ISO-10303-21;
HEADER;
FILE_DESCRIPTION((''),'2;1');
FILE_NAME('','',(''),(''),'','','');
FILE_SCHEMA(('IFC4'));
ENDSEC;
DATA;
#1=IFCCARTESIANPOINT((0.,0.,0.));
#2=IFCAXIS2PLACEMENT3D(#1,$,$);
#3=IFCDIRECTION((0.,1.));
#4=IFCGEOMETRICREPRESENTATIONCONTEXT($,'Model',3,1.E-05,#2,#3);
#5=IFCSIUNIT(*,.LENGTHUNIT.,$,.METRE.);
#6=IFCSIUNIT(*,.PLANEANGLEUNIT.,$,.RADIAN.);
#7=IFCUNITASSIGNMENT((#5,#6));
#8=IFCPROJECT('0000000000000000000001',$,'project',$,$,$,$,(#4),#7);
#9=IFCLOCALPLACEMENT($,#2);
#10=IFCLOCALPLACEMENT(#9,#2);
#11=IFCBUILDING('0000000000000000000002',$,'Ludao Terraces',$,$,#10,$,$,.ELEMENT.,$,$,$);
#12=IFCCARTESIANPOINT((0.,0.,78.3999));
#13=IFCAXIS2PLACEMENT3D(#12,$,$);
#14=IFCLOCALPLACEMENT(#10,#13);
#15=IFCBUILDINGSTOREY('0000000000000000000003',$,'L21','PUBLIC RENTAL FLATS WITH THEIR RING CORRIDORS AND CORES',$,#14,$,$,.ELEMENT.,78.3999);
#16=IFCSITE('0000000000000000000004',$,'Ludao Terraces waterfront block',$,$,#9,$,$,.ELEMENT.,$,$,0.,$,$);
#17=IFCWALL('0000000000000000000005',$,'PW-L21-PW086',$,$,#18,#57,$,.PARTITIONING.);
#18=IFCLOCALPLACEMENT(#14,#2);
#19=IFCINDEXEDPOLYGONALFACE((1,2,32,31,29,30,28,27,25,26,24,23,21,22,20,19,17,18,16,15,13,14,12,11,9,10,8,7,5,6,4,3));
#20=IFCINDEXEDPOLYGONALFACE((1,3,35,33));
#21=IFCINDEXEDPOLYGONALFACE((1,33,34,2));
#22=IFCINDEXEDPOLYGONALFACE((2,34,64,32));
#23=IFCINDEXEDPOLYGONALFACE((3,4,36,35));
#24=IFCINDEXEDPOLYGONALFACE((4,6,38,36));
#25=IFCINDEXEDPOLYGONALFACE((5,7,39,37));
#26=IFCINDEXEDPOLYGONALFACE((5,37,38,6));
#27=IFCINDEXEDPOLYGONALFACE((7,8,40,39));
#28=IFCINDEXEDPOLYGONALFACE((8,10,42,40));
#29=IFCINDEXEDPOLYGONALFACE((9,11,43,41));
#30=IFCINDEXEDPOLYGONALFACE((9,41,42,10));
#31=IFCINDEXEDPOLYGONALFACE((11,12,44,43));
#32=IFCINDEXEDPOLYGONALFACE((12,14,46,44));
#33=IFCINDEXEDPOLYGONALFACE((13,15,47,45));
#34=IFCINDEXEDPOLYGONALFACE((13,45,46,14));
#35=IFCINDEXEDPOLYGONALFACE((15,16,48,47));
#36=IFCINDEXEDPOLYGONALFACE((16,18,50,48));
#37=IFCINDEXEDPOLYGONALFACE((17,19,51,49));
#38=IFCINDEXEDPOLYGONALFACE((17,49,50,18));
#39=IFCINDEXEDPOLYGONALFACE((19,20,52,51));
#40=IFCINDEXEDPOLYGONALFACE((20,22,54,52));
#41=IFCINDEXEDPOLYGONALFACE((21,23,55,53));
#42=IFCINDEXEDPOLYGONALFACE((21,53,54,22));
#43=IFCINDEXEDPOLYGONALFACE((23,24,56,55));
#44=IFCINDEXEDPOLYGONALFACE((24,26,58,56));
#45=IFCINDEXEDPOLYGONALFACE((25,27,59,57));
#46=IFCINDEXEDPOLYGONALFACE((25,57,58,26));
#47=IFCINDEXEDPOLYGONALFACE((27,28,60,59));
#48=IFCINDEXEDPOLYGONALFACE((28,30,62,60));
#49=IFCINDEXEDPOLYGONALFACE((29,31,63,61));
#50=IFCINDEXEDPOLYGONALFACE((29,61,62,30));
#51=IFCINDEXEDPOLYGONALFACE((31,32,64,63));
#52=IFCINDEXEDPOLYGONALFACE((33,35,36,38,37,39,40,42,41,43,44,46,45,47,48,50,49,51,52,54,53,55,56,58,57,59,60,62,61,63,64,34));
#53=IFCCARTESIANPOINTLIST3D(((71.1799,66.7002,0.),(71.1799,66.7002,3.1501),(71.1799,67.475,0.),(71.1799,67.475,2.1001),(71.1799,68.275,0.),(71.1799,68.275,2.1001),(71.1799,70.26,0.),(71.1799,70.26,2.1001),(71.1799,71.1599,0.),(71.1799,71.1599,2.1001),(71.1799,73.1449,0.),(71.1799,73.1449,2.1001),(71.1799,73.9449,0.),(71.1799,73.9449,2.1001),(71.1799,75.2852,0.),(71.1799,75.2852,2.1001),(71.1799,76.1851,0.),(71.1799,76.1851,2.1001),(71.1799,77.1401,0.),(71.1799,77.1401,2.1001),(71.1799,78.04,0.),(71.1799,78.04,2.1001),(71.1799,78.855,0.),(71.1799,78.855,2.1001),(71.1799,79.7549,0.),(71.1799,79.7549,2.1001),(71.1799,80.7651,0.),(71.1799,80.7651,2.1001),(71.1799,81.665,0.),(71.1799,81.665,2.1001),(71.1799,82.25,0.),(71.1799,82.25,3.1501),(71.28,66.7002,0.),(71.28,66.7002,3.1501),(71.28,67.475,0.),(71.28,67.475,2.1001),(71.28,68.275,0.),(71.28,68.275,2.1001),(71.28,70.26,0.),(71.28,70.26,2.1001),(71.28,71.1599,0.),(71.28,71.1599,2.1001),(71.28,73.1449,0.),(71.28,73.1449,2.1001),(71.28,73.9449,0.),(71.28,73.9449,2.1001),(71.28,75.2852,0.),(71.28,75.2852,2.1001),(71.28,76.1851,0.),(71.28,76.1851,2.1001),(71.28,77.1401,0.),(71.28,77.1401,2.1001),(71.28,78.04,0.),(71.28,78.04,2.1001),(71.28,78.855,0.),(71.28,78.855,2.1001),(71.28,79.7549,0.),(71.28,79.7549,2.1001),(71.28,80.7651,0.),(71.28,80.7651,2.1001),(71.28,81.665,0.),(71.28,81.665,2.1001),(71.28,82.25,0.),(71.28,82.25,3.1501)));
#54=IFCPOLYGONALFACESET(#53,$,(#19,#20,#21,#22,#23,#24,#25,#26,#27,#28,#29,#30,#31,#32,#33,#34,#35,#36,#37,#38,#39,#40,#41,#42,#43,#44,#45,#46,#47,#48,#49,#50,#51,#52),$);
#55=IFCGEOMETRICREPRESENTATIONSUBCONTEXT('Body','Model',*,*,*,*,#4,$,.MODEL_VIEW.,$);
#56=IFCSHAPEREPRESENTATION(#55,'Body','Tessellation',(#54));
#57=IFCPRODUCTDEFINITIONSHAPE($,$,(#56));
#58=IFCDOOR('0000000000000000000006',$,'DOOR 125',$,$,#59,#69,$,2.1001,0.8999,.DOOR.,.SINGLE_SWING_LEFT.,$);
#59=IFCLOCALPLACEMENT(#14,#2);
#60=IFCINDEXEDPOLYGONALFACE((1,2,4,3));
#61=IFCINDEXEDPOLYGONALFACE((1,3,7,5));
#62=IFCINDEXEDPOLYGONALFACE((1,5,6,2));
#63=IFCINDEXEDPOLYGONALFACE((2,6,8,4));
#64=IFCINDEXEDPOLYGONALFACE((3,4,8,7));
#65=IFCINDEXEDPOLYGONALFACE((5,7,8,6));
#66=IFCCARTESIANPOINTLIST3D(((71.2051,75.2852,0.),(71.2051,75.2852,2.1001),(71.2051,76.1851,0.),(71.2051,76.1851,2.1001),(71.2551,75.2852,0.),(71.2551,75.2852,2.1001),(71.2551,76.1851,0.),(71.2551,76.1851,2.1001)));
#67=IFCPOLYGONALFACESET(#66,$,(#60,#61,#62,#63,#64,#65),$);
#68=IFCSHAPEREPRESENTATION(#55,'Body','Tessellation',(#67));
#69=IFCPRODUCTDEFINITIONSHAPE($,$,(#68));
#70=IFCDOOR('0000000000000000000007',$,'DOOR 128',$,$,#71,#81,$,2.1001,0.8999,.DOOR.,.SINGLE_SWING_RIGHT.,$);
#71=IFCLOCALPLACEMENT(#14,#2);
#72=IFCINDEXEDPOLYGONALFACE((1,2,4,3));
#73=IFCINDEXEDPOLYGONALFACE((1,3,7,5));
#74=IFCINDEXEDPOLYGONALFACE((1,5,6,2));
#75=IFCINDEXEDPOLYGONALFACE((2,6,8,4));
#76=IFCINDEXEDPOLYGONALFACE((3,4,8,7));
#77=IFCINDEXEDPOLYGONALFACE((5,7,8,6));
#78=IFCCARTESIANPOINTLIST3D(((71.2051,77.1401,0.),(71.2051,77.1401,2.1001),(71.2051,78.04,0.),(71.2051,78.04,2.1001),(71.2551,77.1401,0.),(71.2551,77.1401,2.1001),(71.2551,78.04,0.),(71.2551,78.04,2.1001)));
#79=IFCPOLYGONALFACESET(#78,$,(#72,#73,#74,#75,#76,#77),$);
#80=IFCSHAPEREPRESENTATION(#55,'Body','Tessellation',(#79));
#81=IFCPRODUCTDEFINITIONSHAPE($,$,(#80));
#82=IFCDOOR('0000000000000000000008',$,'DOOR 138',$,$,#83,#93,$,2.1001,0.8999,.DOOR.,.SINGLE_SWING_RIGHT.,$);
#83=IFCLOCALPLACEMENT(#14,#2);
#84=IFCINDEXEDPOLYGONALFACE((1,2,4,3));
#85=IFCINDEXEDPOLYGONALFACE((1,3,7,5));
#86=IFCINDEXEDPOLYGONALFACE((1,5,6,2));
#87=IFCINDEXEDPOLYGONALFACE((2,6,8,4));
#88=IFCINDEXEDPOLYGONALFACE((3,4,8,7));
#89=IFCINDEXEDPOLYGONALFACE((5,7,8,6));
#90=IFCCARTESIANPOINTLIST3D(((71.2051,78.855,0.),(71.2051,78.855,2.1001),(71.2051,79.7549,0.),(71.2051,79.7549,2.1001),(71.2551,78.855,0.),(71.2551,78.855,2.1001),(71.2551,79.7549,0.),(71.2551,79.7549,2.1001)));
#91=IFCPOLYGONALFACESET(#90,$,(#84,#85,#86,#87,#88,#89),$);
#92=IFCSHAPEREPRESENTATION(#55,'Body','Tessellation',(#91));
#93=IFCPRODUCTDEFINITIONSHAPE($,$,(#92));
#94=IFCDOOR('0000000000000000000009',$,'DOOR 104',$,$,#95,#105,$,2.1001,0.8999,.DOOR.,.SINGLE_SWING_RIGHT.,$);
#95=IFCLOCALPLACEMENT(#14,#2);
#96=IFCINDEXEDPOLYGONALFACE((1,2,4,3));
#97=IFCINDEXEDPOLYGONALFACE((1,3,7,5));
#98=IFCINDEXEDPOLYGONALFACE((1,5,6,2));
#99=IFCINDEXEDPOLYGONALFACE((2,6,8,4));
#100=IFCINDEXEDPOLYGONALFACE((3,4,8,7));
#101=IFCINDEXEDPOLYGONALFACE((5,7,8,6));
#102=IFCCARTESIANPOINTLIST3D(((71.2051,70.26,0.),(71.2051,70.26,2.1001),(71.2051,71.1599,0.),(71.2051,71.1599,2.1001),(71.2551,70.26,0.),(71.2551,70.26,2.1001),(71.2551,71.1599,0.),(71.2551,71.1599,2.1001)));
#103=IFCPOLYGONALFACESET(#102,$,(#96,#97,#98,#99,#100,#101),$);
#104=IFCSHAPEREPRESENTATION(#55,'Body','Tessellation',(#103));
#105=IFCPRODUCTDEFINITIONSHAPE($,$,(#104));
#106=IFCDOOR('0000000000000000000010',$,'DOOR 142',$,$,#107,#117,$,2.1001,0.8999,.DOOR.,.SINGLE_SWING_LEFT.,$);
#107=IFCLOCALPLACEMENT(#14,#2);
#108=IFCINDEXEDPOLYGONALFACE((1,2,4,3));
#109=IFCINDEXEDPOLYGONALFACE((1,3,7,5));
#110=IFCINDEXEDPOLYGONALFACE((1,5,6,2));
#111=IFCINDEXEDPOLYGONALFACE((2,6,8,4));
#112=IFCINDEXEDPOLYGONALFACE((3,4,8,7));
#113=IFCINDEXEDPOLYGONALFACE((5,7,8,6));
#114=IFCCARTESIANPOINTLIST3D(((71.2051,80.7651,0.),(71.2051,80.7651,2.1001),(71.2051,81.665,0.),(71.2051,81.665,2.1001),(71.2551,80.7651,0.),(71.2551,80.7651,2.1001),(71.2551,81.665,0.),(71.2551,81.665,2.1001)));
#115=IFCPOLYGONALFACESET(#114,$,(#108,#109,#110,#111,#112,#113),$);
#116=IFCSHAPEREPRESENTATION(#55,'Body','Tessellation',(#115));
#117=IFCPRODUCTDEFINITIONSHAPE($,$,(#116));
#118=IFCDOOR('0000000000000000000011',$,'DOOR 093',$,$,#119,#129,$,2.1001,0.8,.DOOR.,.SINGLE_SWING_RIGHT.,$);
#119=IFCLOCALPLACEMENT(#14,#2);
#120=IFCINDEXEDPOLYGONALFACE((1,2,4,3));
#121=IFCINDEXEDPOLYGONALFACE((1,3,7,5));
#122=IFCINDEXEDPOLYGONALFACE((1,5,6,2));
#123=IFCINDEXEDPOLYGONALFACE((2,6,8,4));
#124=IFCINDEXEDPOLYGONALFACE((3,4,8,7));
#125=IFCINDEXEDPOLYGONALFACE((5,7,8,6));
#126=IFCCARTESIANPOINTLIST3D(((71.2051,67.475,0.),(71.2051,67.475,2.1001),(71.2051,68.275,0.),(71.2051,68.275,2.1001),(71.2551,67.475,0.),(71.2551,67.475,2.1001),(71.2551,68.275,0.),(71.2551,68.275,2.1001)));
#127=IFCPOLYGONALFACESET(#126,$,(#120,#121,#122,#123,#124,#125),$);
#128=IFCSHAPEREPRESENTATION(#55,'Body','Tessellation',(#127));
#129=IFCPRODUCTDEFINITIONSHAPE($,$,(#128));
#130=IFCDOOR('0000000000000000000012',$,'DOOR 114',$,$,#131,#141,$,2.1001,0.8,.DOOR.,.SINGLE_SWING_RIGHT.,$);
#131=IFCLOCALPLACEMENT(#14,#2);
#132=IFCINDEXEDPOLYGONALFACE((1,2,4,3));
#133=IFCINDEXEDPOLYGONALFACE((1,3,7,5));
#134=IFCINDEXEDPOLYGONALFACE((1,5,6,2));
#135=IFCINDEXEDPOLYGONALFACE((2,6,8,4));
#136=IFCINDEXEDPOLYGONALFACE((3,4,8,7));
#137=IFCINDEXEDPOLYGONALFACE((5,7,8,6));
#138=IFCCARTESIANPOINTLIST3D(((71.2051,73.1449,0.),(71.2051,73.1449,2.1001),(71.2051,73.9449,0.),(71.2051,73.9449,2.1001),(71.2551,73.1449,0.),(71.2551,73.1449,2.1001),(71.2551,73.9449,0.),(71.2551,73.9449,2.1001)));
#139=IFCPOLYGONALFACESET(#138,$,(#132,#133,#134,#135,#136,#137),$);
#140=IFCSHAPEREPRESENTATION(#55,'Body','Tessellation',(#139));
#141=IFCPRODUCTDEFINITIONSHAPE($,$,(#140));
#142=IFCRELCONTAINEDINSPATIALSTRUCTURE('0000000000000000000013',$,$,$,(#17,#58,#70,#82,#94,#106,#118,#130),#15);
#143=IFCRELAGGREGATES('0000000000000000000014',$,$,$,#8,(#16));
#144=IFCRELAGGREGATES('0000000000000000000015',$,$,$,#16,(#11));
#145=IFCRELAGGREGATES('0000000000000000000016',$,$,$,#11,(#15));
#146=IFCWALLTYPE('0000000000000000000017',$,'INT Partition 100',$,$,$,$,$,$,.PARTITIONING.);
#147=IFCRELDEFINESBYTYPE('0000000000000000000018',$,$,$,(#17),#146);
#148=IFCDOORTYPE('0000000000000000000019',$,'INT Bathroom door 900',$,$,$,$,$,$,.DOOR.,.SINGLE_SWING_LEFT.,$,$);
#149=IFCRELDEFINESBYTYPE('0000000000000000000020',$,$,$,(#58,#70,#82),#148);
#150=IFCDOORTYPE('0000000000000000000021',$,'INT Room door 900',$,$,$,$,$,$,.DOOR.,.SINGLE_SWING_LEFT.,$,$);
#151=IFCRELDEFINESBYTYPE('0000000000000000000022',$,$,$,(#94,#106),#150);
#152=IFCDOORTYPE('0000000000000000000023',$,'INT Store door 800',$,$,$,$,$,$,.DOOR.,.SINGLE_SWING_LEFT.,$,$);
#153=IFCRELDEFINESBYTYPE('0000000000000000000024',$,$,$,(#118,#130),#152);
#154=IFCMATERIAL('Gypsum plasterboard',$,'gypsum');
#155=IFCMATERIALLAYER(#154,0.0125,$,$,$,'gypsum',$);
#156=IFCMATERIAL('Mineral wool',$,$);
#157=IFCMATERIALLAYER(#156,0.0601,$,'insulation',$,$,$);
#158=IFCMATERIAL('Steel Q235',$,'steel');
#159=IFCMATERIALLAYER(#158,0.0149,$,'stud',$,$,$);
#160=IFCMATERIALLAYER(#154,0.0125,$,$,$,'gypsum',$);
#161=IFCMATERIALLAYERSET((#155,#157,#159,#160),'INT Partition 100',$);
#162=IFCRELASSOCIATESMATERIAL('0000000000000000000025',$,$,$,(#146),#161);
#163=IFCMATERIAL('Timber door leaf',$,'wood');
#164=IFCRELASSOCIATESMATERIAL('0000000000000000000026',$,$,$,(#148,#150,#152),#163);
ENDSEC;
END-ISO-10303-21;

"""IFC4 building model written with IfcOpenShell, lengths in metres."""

from ifc_helpers import new_model, si_unit, direction, frame, frame_2d, origin, place, context, subcontext, project, spatial, rectangle, extrude, material, layer, layer_set, type_object, element, fill, save


model = new_model("IFC4")

# Units and contexts
model_context = context("Model", 3, precision=1e-05, world=origin(), true_north=direction((0.0, 1.0)))
body_context = subcontext(model_context, "Body", "Model", "MODEL_VIEW")
ifc_project = project(units=[si_unit("LENGTHUNIT", "METRE"), si_unit("PLANEANGLEUNIT", "RADIAN")], contexts=[model_context])

# Site, building, storey
site_placement = place(None, origin())
site = spatial("IfcSite", under=ifc_project, at=site_placement, Name="Ludao Terraces waterfront block", CompositionType="ELEMENT", RefElevation=0.0)
building_placement = place(site_placement, origin())
building = spatial("IfcBuilding", under=site, at=building_placement, Name="Ludao Terraces", CompositionType="ELEMENT")
storey_placement = place(building_placement, frame((0.0, 0.0, 78.3999)))
storey = spatial("IfcBuildingStorey", under=building, at=storey_placement, Name="L21", Description="PUBLIC RENTAL FLATS WITH THEIR RING CORRIDORS AND CORES", CompositionType="ELEMENT", Elevation=78.3999)

# Shared definitions
ifc_material_1 = material(Name="Mineral wool")
ifc_material_2 = material(Name="Steel Q235", Category="steel")

# Shared definitions
ifc_material_3 = material(Name="Gypsum plasterboard", Category="gypsum")
ifc_layer_1 = layer(ifc_material_3, 0.0125, Category="gypsum")
ifc_layer_2 = layer(ifc_material_1, 0.0601, Name="insulation")
ifc_layer_3 = layer(ifc_material_2, 0.0149, Name="stud")
ifc_layer_4 = layer(ifc_material_3, 0.0125, Category="gypsum")
ifc_layer_set_1 = layer_set([ifc_layer_1, ifc_layer_2, ifc_layer_3, ifc_layer_4], Name="INT Partition 100")
wall_type_1 = type_object("IfcWallType", Name="INT Partition 100", PredefinedType="PARTITIONING", material=ifc_layer_set_1)

# Wall, openings, doors
wall_1_placement = place(storey_placement, frame((71.23, 66.7002, 0.0), z_axis=(0.0, 0.0, 1.0), x_axis=(0.0, 1.0, 0.0)))
wall_1 = element("IfcWall", 1, at=wall_1_placement, inside=storey, type_object=wall_type_1, Name="PW-L21-PW086", PredefinedType="PARTITIONING", context=body_context, shape_type="SweptSolid", body=[
    extrude(rectangle(XDim=15.5498, YDim=0.1001, at=frame_2d((7.7749, 0.0))), origin(), (0.0, 0.0, 1.0), 3.1501),
])
opening_1_placement = place(wall_1_placement, frame((0.7749, 0.0, 0.0)))
opening_1 = element("IfcOpeningElement", 2, at=opening_1_placement, cuts=wall_1, PredefinedType="OPENING", context=body_context, shape_type="SweptSolid", body=[
    extrude(rectangle(XDim=0.8, YDim=2.1001, at=frame_2d((0.3999, 1.05))), frame((0.0, 0.0601, 0.0), z_axis=(0.0, -1.0, 0.0), x_axis=(1.0, 0.0, 0.0)), (0.0, 0.0, 1.0), 0.1201),
])
opening_2_placement = place(wall_1_placement, frame((3.5598, 0.0, 0.0)))
opening_2 = element("IfcOpeningElement", 3, at=opening_2_placement, cuts=wall_1, PredefinedType="OPENING", context=body_context, shape_type="SweptSolid", body=[
    extrude(rectangle(XDim=0.8999, YDim=2.1001, at=frame_2d((0.45, 1.05))), frame((0.0, 0.0601, 0.0), z_axis=(0.0, -1.0, 0.0), x_axis=(1.0, 0.0, 0.0)), (0.0, 0.0, 1.0), 0.1201),
])
opening_3_placement = place(wall_1_placement, frame((6.4448, 0.0, 0.0)))
opening_3 = element("IfcOpeningElement", 4, at=opening_3_placement, cuts=wall_1, PredefinedType="OPENING", context=body_context, shape_type="SweptSolid", body=[
    extrude(rectangle(XDim=0.8, YDim=2.1001, at=frame_2d((0.3999, 1.05))), frame((0.0, 0.0601, 0.0), z_axis=(0.0, -1.0, 0.0), x_axis=(1.0, 0.0, 0.0)), (0.0, 0.0, 1.0), 0.1201),
])
opening_4_placement = place(wall_1_placement, frame((8.585, 0.0, 0.0)))
opening_4 = element("IfcOpeningElement", 5, at=opening_4_placement, cuts=wall_1, PredefinedType="OPENING", context=body_context, shape_type="SweptSolid", body=[
    extrude(rectangle(XDim=0.8999, YDim=2.1001, at=frame_2d((0.45, 1.05))), frame((0.0, 0.0601, 0.0), z_axis=(0.0, -1.0, 0.0), x_axis=(1.0, 0.0, 0.0)), (0.0, 0.0, 1.0), 0.1201),
])
opening_5_placement = place(wall_1_placement, frame((10.4399, 0.0, 0.0)))
opening_5 = element("IfcOpeningElement", 6, at=opening_5_placement, cuts=wall_1, PredefinedType="OPENING", context=body_context, shape_type="SweptSolid", body=[
    extrude(rectangle(XDim=0.8999, YDim=2.1001, at=frame_2d((0.45, 1.05))), frame((0.0, 0.0601, 0.0), z_axis=(0.0, -1.0, 0.0), x_axis=(1.0, 0.0, 0.0)), (0.0, 0.0, 1.0), 0.1201),
])
opening_6_placement = place(wall_1_placement, frame((12.1548, 0.0, 0.0)))
opening_6 = element("IfcOpeningElement", 7, at=opening_6_placement, cuts=wall_1, PredefinedType="OPENING", context=body_context, shape_type="SweptSolid", body=[
    extrude(rectangle(XDim=0.8999, YDim=2.1001, at=frame_2d((0.45, 1.05))), frame((0.0, 0.0601, 0.0), z_axis=(0.0, -1.0, 0.0), x_axis=(1.0, 0.0, 0.0)), (0.0, 0.0, 1.0), 0.1201),
])
opening_7_placement = place(wall_1_placement, frame((14.0649, 0.0, 0.0)))
opening_7 = element("IfcOpeningElement", 8, at=opening_7_placement, cuts=wall_1, PredefinedType="OPENING", context=body_context, shape_type="SweptSolid", body=[
    extrude(rectangle(XDim=0.8999, YDim=2.1001, at=frame_2d((0.45, 1.05))), frame((0.0, 0.0601, 0.0), z_axis=(0.0, -1.0, 0.0), x_axis=(1.0, 0.0, 0.0)), (0.0, 0.0, 1.0), 0.1201),
])
ifc_material_4 = material(Name="Timber door leaf", Category="wood")
door_type_1 = type_object("IfcDoorType", Name="INT Bathroom door 900", OperationType="SINGLE_SWING_LEFT", PredefinedType="DOOR", material=ifc_material_4)
door_1_placement = place(opening_4_placement, origin())
door_1 = element("IfcDoor", 9, at=door_1_placement, inside=storey, type_object=door_type_1, Name="DOOR 125", OperationType="SINGLE_SWING_LEFT", OverallHeight=2.1001, OverallWidth=0.8999, PredefinedType="DOOR", context=body_context, shape_type="SweptSolid", body=[
    extrude(rectangle(XDim=0.8999, YDim=2.1001, at=frame_2d((0.45, 1.05))), frame((0.0, 0.0249, 0.0), z_axis=(0.0, -1.0, 0.0), x_axis=(1.0, 0.0, 0.0)), (0.0, 0.0, 1.0), 0.05),
])
fill(opening_4, door_1)
door_2_placement = place(opening_5_placement, origin())
door_2 = element("IfcDoor", 10, at=door_2_placement, inside=storey, type_object=door_type_1, Name="DOOR 128", OperationType="SINGLE_SWING_RIGHT", OverallHeight=2.1001, OverallWidth=0.8999, PredefinedType="DOOR", context=body_context, shape_type="SweptSolid", body=[
    extrude(rectangle(XDim=0.8999, YDim=2.1001, at=frame_2d((0.45, 1.05))), frame((0.0, 0.0249, 0.0), z_axis=(0.0, -1.0, 0.0), x_axis=(1.0, 0.0, 0.0)), (0.0, 0.0, 1.0), 0.05),
])
fill(opening_5, door_2)
door_3_placement = place(opening_6_placement, origin())
door_3 = element("IfcDoor", 11, at=door_3_placement, inside=storey, type_object=door_type_1, Name="DOOR 138", OperationType="SINGLE_SWING_RIGHT", OverallHeight=2.1001, OverallWidth=0.8999, PredefinedType="DOOR", context=body_context, shape_type="SweptSolid", body=[
    extrude(rectangle(XDim=0.8999, YDim=2.1001, at=frame_2d((0.45, 1.05))), frame((0.0, 0.0249, 0.0), z_axis=(0.0, -1.0, 0.0), x_axis=(1.0, 0.0, 0.0)), (0.0, 0.0, 1.0), 0.05),
])
fill(opening_6, door_3)
door_type_2 = type_object("IfcDoorType", Name="INT Room door 900", OperationType="SINGLE_SWING_LEFT", PredefinedType="DOOR", material=ifc_material_4)
door_4_placement = place(opening_2_placement, origin())
door_4 = element("IfcDoor", 12, at=door_4_placement, inside=storey, type_object=door_type_2, Name="DOOR 104", OperationType="SINGLE_SWING_RIGHT", OverallHeight=2.1001, OverallWidth=0.8999, PredefinedType="DOOR", context=body_context, shape_type="SweptSolid", body=[
    extrude(rectangle(XDim=0.8999, YDim=2.1001, at=frame_2d((0.45, 1.05))), frame((0.0, 0.0249, 0.0), z_axis=(0.0, -1.0, 0.0), x_axis=(1.0, 0.0, 0.0)), (0.0, 0.0, 1.0), 0.05),
])
fill(opening_2, door_4)
door_5_placement = place(opening_7_placement, origin())
door_5 = element("IfcDoor", 13, at=door_5_placement, inside=storey, type_object=door_type_2, Name="DOOR 142", OperationType="SINGLE_SWING_LEFT", OverallHeight=2.1001, OverallWidth=0.8999, PredefinedType="DOOR", context=body_context, shape_type="SweptSolid", body=[
    extrude(rectangle(XDim=0.8999, YDim=2.1001, at=frame_2d((0.45, 1.05))), frame((0.0, 0.0249, 0.0), z_axis=(0.0, -1.0, 0.0), x_axis=(1.0, 0.0, 0.0)), (0.0, 0.0, 1.0), 0.05),
])
fill(opening_7, door_5)
door_type_3 = type_object("IfcDoorType", Name="INT Store door 800", OperationType="SINGLE_SWING_LEFT", PredefinedType="DOOR", material=ifc_material_4)
door_6_placement = place(opening_1_placement, origin())
door_6 = element("IfcDoor", 14, at=door_6_placement, inside=storey, type_object=door_type_3, Name="DOOR 093", OperationType="SINGLE_SWING_RIGHT", OverallHeight=2.1001, OverallWidth=0.8, PredefinedType="DOOR", context=body_context, shape_type="SweptSolid", body=[
    extrude(rectangle(XDim=0.8, YDim=2.1001, at=frame_2d((0.3999, 1.05))), frame((0.0, 0.0249, 0.0), z_axis=(0.0, -1.0, 0.0), x_axis=(1.0, 0.0, 0.0)), (0.0, 0.0, 1.0), 0.05),
])
fill(opening_1, door_6)
door_7_placement = place(opening_3_placement, origin())
door_7 = element("IfcDoor", 15, at=door_7_placement, inside=storey, type_object=door_type_3, Name="DOOR 114", OperationType="SINGLE_SWING_RIGHT", OverallHeight=2.1001, OverallWidth=0.8, PredefinedType="DOOR", context=body_context, shape_type="SweptSolid", body=[
    extrude(rectangle(XDim=0.8, YDim=2.1001, at=frame_2d((0.3999, 1.05))), frame((0.0, 0.0249, 0.0), z_axis=(0.0, -1.0, 0.0), x_axis=(1.0, 0.0, 0.0)), (0.0, 0.0, 1.0), 0.05),
])
fill(opening_3, door_7)

save(model, "model.ifc")
